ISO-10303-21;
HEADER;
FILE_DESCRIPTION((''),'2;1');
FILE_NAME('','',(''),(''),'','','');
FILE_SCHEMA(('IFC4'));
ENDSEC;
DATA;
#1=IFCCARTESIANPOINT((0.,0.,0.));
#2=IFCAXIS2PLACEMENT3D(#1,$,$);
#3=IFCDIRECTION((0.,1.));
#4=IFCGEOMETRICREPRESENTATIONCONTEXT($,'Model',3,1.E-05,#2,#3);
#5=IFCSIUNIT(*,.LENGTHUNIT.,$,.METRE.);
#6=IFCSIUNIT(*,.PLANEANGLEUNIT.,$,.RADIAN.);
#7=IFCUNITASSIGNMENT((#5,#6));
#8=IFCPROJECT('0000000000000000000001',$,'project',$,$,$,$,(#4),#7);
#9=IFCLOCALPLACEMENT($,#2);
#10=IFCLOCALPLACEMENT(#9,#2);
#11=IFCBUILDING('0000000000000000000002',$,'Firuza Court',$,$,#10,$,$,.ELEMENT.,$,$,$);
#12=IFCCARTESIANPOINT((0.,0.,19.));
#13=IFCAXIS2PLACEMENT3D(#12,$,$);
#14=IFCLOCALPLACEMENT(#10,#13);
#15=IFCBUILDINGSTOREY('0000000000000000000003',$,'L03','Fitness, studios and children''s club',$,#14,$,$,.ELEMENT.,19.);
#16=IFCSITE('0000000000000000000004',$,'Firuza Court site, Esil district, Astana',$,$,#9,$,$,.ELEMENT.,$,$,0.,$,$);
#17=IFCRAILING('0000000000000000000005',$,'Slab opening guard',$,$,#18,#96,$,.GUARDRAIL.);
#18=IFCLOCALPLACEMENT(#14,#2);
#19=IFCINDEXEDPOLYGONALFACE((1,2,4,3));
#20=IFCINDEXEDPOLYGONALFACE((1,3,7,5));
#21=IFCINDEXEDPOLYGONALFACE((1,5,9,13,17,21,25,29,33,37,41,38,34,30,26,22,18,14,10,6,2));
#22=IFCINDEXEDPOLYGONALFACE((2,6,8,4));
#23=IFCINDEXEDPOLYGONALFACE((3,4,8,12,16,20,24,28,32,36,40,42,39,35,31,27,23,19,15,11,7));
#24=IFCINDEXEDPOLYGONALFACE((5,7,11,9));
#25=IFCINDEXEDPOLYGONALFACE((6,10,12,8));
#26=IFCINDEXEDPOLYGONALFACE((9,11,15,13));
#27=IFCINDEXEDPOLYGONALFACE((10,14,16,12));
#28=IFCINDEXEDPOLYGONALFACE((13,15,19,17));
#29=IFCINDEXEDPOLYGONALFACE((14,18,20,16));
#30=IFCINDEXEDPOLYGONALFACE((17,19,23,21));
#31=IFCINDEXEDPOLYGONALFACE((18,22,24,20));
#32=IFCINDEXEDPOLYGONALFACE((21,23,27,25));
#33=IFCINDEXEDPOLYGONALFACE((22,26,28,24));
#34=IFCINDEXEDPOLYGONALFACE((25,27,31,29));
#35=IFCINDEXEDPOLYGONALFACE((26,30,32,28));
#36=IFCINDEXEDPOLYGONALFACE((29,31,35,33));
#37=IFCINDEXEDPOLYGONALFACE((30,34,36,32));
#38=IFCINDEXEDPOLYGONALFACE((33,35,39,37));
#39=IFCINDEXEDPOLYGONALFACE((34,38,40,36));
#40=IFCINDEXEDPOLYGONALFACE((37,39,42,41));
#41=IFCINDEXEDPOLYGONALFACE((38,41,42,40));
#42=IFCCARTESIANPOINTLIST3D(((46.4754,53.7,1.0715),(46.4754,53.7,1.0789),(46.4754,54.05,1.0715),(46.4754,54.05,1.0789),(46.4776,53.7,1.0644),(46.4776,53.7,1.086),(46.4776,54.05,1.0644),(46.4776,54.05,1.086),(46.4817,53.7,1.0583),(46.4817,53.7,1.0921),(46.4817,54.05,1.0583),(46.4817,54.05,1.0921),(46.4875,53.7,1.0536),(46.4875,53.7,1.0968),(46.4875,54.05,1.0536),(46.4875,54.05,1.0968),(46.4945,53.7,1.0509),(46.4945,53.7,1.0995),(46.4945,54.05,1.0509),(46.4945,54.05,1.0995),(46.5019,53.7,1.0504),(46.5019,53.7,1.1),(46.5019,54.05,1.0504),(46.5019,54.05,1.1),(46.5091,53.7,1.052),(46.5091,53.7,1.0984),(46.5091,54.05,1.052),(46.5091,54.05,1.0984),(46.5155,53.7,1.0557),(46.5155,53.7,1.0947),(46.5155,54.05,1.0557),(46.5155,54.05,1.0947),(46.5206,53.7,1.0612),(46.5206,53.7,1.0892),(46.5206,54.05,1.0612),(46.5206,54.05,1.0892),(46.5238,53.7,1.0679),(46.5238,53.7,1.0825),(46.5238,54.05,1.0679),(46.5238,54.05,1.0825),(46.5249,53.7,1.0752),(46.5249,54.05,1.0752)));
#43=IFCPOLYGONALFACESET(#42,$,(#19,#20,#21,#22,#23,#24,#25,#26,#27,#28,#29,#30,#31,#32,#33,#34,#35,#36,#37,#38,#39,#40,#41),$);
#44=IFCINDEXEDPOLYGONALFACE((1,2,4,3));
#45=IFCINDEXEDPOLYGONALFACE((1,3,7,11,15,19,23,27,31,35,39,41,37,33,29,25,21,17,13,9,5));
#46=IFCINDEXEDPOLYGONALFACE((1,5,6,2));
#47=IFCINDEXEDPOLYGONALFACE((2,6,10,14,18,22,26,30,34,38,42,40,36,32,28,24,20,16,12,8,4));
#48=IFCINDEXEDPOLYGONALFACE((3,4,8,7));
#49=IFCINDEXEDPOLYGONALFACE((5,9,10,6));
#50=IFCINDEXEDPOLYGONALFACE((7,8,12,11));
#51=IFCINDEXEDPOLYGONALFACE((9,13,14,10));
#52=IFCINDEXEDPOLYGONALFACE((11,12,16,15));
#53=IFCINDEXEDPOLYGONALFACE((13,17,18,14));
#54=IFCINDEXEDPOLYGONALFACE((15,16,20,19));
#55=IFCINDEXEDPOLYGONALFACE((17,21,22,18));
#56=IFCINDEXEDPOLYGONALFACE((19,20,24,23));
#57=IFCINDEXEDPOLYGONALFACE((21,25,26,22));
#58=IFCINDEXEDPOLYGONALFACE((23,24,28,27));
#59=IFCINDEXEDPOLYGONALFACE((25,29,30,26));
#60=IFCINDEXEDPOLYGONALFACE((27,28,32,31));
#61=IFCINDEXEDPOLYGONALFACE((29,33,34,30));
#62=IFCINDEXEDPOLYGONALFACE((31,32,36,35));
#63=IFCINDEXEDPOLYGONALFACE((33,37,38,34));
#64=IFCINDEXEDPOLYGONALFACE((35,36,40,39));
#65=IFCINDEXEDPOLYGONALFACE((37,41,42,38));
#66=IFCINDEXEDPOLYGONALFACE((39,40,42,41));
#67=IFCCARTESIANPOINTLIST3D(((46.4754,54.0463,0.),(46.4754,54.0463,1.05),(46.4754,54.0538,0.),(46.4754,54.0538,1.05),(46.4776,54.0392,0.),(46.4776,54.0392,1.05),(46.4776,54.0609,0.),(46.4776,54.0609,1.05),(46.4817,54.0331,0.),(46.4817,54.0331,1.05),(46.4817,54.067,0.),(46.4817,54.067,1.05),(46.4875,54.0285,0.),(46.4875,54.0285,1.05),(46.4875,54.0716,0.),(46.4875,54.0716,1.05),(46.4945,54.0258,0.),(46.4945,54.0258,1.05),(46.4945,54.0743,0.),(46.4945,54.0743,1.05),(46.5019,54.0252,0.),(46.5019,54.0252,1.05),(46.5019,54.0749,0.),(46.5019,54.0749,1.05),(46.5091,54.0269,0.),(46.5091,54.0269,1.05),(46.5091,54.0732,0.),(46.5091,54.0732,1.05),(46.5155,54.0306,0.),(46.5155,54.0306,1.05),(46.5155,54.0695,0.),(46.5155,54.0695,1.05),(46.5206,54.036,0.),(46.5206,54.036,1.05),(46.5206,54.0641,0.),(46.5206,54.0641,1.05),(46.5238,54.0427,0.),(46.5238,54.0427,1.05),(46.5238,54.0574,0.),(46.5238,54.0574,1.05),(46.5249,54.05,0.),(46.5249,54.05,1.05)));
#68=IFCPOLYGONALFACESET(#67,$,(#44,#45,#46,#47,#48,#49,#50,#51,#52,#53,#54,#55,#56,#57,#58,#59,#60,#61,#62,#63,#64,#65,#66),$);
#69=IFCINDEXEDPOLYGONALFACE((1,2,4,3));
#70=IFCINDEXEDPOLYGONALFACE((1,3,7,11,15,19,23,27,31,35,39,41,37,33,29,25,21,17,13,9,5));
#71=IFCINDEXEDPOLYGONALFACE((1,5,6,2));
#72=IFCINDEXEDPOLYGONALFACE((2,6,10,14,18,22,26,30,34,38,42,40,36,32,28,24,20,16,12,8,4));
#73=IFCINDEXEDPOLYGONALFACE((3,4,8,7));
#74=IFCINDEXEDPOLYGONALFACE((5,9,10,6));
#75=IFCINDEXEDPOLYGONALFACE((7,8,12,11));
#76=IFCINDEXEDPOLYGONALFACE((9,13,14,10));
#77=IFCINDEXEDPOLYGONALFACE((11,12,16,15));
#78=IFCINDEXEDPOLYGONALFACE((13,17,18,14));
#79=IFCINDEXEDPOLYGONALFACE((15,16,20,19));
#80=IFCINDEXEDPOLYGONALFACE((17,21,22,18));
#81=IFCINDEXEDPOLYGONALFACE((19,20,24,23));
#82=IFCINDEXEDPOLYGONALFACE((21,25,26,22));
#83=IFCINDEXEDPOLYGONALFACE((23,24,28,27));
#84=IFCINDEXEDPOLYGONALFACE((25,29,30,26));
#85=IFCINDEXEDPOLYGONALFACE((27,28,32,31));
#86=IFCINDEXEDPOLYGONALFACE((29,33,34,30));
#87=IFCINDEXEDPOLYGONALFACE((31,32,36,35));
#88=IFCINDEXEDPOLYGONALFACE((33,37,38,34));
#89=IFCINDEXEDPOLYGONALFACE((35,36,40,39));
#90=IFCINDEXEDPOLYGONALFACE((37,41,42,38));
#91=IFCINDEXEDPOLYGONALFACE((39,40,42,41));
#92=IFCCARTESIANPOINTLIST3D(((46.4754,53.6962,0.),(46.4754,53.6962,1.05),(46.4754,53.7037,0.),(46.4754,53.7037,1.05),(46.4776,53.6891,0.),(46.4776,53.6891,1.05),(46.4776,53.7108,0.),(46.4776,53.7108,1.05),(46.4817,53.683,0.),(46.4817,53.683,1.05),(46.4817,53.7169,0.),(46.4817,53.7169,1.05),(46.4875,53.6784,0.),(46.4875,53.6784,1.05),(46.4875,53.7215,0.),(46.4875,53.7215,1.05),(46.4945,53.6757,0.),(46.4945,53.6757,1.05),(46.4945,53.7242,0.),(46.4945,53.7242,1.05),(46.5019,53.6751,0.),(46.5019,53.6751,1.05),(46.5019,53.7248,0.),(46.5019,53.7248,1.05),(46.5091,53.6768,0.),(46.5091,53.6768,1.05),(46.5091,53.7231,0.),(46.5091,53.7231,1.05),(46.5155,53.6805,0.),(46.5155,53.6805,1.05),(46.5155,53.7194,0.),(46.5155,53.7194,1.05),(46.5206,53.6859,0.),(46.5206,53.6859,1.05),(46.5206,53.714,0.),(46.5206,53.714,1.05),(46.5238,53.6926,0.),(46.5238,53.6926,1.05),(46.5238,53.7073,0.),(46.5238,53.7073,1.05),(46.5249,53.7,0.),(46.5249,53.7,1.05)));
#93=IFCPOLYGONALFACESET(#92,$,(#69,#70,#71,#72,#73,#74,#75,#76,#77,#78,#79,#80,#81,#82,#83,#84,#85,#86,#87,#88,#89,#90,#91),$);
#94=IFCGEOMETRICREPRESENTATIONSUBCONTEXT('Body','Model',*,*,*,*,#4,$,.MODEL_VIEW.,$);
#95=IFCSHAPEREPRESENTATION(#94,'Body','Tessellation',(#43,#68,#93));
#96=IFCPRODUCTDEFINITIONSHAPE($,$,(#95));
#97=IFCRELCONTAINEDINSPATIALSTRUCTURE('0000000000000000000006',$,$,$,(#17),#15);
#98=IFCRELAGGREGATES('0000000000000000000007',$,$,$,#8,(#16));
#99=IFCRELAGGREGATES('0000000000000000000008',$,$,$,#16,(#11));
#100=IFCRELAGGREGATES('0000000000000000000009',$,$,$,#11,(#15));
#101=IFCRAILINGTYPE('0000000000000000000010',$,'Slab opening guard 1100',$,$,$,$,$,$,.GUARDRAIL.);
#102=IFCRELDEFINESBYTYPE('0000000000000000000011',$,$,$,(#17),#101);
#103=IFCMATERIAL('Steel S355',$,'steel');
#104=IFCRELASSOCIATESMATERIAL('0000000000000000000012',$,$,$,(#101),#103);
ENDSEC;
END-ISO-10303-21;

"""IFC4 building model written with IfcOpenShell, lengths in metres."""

from ifc_helpers import new_model, si_unit, direction, frame, origin, origin_2d, place, context, subcontext, project, spatial, circle, extrude, material, type_object, element, save


model = new_model("IFC4")

# Units and contexts
model_context = context("Model", 3, precision=1e-05, world=origin(), true_north=direction((0.0, 1.0)))
body_context = subcontext(model_context, "Body", "Model", "MODEL_VIEW")
ifc_project = project(units=[si_unit("LENGTHUNIT", "METRE"), si_unit("PLANEANGLEUNIT", "RADIAN")], contexts=[model_context])

# Site, building, storey
site_placement = place(None, origin())
site = spatial("IfcSite", under=ifc_project, at=site_placement, Name="Firuza Court site, Esil district, Astana", CompositionType="ELEMENT", RefElevation=0.0)
building_placement = place(site_placement, origin())
building = spatial("IfcBuilding", under=site, at=building_placement, Name="Firuza Court", CompositionType="ELEMENT")
storey_placement = place(building_placement, frame((0.0, 0.0, 19.0)))
storey = spatial("IfcBuildingStorey", under=building, at=storey_placement, Name="L03", Description="Fitness, studios and children's club", CompositionType="ELEMENT", Elevation=19.0)

# Railing
ifc_material_1 = material(Name="Steel S355", Category="steel")
railing_type_1 = type_object("IfcRailingType", Name="Slab opening guard 1100", PredefinedType="GUARDRAIL", material=ifc_material_1)
railing_1_placement = place(storey_placement, frame((46.5, 54.05, 0.0)))
element("IfcRailing", 1, at=railing_1_placement, inside=storey, type_object=railing_type_1, Name="Slab opening guard", PredefinedType="GUARDRAIL", context=body_context, shape_type="SweptSolid", body=[
    extrude(circle(Radius=0.0249, at=origin_2d()), frame((0.0, 0.0, 1.0752), z_axis=(0.0, -1.0, 0.0), x_axis=(1.0, 0.0, 0.0)), (0.0, 0.0, 1.0), 0.3501),
    extrude(circle(Radius=0.0249, at=origin_2d()), origin(), (0.0, 0.0, 1.0), 1.05),
    extrude(circle(Radius=0.0249, at=origin_2d()), frame((0.0, -0.3501, 0.0)), (0.0, 0.0, 1.0), 1.05),
])

save(model, "model.ifc")
